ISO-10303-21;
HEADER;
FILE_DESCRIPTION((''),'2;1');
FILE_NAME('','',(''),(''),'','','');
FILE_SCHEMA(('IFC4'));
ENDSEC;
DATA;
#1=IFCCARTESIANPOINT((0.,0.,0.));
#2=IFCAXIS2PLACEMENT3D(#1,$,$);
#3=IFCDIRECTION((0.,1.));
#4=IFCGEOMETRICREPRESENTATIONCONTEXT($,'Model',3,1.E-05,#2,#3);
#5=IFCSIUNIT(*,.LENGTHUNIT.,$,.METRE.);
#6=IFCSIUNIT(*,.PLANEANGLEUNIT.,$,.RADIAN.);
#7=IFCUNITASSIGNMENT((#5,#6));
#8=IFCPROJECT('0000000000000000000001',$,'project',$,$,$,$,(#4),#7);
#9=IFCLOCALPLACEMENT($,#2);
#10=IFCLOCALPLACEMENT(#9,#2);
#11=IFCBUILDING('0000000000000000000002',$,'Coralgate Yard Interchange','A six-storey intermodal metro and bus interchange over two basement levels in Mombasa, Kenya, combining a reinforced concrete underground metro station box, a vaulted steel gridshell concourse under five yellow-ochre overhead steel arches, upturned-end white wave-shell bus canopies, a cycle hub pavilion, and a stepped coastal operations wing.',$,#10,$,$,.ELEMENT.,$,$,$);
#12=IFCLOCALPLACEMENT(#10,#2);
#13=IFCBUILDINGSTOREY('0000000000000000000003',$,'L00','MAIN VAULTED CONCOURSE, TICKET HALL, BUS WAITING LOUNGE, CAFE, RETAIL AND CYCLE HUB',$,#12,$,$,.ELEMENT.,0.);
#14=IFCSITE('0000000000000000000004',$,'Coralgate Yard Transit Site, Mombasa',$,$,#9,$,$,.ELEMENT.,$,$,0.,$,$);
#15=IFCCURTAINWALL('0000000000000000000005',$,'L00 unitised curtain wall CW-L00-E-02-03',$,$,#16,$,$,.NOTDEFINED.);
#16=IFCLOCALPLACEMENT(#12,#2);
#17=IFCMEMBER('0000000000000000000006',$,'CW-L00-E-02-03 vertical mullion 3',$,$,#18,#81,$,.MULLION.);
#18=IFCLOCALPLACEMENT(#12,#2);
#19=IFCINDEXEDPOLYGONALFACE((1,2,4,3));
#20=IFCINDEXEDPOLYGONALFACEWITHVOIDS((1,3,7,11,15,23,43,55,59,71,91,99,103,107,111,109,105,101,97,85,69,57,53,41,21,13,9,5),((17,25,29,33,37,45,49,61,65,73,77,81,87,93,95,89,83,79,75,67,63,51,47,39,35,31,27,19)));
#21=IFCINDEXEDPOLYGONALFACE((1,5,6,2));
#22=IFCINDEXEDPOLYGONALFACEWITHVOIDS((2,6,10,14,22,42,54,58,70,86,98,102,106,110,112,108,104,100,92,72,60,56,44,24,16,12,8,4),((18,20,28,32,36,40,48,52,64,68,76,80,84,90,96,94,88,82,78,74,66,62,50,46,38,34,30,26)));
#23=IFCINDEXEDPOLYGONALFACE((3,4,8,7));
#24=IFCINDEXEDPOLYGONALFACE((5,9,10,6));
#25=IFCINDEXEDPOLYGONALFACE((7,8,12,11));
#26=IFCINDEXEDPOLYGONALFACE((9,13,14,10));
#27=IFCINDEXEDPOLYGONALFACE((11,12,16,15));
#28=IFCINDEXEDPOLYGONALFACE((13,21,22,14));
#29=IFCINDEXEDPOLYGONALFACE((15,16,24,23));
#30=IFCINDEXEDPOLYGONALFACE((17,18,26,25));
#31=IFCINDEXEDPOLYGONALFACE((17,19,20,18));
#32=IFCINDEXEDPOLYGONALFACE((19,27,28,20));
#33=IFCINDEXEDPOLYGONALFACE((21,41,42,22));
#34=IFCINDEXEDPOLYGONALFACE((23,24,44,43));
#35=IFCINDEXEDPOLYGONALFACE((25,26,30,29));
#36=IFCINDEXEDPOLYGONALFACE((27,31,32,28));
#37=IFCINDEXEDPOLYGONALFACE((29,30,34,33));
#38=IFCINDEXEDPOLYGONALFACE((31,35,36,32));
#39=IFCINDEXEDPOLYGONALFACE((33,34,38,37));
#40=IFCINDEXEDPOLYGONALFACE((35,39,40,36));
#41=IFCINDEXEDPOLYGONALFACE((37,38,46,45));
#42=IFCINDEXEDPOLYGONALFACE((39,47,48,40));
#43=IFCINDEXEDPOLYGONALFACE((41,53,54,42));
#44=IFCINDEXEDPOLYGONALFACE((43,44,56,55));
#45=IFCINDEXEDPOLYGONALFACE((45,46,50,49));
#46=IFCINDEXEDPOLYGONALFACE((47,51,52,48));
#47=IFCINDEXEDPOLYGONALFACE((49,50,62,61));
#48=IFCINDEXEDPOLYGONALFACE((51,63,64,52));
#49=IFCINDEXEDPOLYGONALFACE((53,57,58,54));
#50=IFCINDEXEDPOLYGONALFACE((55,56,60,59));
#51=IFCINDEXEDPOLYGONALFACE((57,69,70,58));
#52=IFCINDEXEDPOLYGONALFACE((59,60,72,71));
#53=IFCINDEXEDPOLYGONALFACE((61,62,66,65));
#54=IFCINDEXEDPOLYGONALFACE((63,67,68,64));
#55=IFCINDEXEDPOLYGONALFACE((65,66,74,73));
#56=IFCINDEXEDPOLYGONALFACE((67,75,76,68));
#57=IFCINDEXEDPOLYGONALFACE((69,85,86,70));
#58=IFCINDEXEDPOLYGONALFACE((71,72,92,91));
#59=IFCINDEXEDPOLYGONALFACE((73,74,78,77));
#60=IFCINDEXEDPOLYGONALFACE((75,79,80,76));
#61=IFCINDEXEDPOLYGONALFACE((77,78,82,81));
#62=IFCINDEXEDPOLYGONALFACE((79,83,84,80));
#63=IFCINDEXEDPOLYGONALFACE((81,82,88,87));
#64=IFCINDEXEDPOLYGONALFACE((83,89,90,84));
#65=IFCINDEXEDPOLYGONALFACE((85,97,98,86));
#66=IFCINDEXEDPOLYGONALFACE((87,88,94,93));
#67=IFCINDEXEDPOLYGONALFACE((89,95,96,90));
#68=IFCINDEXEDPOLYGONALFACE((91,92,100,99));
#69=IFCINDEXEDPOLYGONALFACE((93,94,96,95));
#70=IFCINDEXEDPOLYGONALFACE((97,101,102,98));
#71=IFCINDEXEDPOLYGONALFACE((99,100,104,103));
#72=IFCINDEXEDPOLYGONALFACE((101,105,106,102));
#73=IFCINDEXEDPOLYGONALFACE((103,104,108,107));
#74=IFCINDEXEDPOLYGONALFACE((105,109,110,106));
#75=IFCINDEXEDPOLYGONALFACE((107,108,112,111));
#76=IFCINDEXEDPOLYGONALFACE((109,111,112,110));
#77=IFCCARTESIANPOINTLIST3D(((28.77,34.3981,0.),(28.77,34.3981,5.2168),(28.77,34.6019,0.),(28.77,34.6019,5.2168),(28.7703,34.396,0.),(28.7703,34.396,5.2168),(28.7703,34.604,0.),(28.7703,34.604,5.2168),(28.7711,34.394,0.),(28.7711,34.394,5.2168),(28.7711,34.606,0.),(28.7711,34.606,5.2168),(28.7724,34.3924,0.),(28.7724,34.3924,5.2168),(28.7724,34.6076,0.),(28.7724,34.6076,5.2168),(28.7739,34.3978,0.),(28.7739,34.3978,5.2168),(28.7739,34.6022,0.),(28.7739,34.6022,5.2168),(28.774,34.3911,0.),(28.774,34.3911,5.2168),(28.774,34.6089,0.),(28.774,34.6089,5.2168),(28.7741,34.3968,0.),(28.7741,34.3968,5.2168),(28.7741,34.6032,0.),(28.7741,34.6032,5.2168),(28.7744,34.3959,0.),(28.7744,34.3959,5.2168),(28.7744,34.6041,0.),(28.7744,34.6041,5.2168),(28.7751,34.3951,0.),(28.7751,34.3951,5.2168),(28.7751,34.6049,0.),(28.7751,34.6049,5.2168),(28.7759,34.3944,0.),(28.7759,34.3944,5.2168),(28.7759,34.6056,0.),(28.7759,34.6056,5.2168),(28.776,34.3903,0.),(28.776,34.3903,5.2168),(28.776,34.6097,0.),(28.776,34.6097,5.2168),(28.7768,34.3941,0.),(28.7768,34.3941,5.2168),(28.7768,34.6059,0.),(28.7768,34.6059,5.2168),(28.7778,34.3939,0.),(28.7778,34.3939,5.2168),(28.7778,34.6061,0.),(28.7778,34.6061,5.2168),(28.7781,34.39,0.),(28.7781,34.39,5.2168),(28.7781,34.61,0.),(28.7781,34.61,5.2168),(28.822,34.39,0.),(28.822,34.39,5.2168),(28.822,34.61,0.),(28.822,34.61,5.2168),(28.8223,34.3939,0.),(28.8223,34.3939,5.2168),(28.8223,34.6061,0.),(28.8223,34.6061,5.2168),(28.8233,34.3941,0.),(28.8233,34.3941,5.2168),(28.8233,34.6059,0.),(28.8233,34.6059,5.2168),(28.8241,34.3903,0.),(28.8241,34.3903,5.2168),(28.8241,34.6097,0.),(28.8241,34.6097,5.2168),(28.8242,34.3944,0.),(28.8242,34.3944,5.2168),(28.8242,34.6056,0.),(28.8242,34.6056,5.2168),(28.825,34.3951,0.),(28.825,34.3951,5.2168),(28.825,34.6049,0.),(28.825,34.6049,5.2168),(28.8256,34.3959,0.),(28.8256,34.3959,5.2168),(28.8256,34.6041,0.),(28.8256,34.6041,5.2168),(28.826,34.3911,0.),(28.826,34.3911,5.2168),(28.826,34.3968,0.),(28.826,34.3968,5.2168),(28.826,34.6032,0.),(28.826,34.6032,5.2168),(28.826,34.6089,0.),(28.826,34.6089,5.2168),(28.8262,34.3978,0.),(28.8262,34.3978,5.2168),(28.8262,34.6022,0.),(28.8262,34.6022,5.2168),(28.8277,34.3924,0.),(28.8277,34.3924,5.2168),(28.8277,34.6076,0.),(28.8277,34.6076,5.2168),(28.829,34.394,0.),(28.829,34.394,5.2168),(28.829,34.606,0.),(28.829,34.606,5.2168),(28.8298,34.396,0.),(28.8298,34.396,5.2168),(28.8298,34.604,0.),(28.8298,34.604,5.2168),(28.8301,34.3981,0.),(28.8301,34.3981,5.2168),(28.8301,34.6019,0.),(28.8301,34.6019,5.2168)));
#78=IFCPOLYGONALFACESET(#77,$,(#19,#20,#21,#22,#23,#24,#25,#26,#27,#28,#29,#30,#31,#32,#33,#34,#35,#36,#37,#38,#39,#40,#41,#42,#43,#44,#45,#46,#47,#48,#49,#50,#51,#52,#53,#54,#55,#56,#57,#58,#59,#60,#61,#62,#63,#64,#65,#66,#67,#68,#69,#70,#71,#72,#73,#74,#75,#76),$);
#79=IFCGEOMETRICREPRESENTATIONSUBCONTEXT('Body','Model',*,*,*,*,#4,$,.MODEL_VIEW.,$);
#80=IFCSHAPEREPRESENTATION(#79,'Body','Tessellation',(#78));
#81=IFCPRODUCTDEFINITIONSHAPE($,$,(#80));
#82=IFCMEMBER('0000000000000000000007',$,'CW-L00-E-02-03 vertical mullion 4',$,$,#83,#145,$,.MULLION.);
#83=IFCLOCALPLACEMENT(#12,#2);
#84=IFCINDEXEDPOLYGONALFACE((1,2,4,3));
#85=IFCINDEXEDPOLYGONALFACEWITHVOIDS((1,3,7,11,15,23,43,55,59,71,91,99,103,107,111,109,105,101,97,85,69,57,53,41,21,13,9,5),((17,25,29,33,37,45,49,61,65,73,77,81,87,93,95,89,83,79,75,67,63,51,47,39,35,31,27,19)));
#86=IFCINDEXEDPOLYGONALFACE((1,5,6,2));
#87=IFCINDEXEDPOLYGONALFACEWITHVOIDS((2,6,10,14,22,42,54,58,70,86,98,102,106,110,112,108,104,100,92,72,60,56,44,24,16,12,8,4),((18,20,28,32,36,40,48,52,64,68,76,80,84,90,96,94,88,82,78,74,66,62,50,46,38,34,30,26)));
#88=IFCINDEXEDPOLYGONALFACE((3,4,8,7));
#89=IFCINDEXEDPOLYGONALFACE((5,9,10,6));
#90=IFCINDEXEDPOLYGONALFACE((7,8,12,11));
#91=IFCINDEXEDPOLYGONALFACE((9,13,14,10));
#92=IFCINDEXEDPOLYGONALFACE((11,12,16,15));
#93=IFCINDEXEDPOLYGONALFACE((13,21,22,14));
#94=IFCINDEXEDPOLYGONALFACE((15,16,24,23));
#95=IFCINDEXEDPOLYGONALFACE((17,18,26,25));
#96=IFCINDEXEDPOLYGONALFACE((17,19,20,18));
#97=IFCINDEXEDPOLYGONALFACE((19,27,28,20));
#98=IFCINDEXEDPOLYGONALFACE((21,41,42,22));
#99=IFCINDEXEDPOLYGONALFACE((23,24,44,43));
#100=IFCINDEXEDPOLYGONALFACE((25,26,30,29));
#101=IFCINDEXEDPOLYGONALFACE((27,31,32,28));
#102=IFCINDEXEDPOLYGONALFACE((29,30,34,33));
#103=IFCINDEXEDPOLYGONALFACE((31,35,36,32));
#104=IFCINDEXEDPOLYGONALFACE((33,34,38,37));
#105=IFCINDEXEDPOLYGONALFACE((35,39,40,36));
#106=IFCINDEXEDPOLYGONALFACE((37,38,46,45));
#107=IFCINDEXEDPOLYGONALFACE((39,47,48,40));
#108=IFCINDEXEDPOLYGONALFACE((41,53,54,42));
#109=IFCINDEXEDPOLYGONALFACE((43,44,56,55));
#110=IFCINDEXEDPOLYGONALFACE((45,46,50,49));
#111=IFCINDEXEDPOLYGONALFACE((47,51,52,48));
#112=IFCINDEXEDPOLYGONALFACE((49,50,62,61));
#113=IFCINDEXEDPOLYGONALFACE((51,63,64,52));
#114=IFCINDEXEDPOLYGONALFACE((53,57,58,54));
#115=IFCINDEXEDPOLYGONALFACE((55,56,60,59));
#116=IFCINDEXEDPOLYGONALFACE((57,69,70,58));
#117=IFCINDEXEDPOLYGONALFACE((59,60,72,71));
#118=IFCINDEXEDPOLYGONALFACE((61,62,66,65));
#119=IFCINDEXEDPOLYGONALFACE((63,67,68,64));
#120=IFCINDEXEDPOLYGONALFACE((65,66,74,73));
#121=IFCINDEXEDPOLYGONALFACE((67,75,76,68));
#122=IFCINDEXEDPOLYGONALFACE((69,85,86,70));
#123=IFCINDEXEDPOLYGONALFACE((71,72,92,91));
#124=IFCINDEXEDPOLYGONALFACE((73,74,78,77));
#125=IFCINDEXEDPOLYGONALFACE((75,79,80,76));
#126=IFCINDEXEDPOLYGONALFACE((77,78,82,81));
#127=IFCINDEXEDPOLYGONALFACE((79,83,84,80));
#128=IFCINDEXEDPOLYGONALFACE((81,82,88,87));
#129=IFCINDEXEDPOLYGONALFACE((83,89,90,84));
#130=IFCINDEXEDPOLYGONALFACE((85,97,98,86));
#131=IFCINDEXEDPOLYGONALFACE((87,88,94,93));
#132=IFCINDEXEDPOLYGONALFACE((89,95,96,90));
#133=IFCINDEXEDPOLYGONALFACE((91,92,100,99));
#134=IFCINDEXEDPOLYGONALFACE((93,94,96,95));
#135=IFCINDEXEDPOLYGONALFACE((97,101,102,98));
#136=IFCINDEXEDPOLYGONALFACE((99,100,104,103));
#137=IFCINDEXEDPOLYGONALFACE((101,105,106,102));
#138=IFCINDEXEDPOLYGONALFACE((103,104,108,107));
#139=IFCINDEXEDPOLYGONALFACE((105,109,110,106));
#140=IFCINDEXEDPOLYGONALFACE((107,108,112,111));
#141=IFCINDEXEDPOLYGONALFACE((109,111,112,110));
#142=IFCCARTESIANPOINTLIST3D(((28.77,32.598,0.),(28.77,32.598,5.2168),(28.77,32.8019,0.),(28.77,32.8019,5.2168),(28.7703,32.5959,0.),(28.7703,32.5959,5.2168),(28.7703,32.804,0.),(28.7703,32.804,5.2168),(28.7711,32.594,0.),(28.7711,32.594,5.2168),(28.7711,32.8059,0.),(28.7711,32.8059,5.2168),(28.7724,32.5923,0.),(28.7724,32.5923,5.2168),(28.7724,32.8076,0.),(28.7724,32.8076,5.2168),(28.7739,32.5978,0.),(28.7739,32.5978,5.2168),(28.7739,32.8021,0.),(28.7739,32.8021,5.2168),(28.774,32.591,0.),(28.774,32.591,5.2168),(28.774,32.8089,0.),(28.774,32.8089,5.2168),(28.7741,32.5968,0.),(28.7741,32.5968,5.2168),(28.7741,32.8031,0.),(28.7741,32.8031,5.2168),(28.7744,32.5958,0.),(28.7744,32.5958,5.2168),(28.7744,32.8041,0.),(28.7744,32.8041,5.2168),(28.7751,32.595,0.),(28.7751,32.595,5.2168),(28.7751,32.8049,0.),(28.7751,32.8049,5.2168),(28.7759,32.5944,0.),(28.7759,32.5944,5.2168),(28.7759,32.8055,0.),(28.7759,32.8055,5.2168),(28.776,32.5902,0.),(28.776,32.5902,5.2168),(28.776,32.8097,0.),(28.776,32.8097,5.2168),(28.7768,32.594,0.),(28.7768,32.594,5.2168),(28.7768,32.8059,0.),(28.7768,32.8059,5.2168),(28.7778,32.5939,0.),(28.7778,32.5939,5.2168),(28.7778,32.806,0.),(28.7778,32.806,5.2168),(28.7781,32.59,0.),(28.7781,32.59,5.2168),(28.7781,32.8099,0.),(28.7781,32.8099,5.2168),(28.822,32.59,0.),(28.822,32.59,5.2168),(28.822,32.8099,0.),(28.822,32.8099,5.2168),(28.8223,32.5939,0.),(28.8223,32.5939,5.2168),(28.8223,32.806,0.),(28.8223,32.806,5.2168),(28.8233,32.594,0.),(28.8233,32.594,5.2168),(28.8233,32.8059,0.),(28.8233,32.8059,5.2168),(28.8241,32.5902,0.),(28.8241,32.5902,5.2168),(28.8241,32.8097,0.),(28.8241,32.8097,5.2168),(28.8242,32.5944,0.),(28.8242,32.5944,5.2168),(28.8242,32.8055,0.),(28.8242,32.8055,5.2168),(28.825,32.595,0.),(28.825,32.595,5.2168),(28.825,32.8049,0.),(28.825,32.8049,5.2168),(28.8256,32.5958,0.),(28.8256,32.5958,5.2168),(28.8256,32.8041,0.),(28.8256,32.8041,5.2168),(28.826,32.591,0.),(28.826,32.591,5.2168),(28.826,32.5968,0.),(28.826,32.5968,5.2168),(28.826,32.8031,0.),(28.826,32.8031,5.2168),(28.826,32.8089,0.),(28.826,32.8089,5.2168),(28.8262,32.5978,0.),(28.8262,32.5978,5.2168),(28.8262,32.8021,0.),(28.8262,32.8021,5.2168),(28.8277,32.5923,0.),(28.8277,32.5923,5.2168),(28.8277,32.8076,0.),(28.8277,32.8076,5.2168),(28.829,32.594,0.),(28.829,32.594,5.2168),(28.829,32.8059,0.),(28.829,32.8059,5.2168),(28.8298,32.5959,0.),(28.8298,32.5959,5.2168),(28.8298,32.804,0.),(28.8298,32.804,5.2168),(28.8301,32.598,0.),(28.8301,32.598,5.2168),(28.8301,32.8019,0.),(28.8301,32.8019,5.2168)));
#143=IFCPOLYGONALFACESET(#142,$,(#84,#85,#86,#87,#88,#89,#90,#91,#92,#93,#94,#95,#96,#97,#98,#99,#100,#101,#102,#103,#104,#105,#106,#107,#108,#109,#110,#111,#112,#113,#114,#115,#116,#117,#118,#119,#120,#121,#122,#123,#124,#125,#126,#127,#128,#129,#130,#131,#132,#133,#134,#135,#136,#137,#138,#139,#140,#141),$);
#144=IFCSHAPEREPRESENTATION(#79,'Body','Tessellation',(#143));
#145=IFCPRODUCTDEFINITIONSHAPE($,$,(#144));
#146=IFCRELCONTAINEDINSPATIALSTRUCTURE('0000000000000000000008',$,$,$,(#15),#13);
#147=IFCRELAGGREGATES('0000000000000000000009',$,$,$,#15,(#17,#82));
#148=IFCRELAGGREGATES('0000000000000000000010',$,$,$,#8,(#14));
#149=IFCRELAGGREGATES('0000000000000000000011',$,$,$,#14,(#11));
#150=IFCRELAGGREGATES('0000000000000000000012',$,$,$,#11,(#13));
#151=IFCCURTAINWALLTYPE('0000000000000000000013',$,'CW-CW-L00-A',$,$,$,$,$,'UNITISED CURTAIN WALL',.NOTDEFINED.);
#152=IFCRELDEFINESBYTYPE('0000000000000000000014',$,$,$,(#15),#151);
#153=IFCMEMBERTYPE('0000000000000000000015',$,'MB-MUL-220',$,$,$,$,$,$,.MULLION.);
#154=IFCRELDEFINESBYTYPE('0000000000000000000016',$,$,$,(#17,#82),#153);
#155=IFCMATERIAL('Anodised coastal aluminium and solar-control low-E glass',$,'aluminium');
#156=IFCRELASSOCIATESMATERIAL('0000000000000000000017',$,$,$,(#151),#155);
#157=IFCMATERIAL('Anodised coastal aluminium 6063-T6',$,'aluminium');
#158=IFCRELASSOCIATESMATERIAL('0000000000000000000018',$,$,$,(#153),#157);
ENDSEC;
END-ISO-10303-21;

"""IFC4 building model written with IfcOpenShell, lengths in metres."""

from ifc_helpers import new_model, si_unit, direction, frame, origin, origin_2d, place, context, subcontext, project, spatial, hollow_rectangle, extrude, material, material_profile, profile_set, type_object, element, aggregate, save


model = new_model("IFC4")

# Units and contexts
model_context = context("Model", 3, precision=1e-05, world=origin(), true_north=direction((0.0, 1.0)))
body_context = subcontext(model_context, "Body", "Model", "MODEL_VIEW")
ifc_project = project(units=[si_unit("LENGTHUNIT", "METRE"), si_unit("PLANEANGLEUNIT", "RADIAN")], contexts=[model_context])

# Site, building, storey
site_placement = place(None, origin())
site = spatial("IfcSite", under=ifc_project, at=site_placement, Name="Coralgate Yard Transit Site, Mombasa", CompositionType="ELEMENT", RefElevation=0.0)
building_placement = place(site_placement, origin())
building = spatial("IfcBuilding", under=site, at=building_placement, Name="Coralgate Yard Interchange", Description="A six-storey intermodal metro and bus interchange over two basement levels in Mombasa, Kenya, combining a reinforced concrete underground metro station box, a vaulted steel gridshell concourse under five yellow-ochre overhead steel arches, upturned-end white wave-shell bus canopies, a cycle hub pavilion, and a stepped coastal operations wing.", CompositionType="ELEMENT")
storey_placement = place(building_placement, origin())
storey = spatial("IfcBuildingStorey", under=building, at=storey_placement, Name="L00", Description="MAIN VAULTED CONCOURSE, TICKET HALL, BUS WAITING LOUNGE, CAFE, RETAIL AND CYCLE HUB", CompositionType="ELEMENT", Elevation=0.0)

# Curtain wall, members
ifc_material_1 = material(Name="Anodised coastal aluminium and solar-control low-E glass", Category="aluminium")
curtain_wall_type = type_object("IfcCurtainWallType", Name="CW-CW-L00-A", ElementType="UNITISED CURTAIN WALL", PredefinedType="NOTDEFINED", material=ifc_material_1)
curtain_wall_placement = place(storey_placement, origin())
curtain_wall = element("IfcCurtainWall", 1, at=curtain_wall_placement, inside=storey, type_object=curtain_wall_type, Name="L00 unitised curtain wall CW-L00-E-02-03", PredefinedType="NOTDEFINED")
ifc_material_2 = material(Name="Anodised coastal aluminium 6063-T6", Category="aluminium")
ifc_material_profile_1 = material_profile(ifc_material_2, hollow_rectangle(XDim=0.0601, YDim=0.22, WallThickness=0.0039, InnerFilletRadius=0.0039, OuterFilletRadius=0.0081, at=origin_2d()), Name="ALU 60x220x4")
ifc_profile_set_1 = profile_set([ifc_material_profile_1], Name="Anodised coastal aluminium 6063-T6")
member_type_1 = type_object("IfcMemberType", Name="MB-MUL-220", PredefinedType="MULLION", material=ifc_profile_set_1)
member_1_placement = place(storey_placement, frame((28.8, 34.5, 0.0), z_axis=(0.0, 0.0, 1.0), x_axis=(1.0, 0.0, 0.0)))
member_1 = element("IfcMember", 2, at=member_1_placement, type_object=member_type_1, Name="CW-L00-E-02-03 vertical mullion 3", PredefinedType="MULLION", context=body_context, shape_type="SweptSolid", body=[
    extrude(hollow_rectangle(XDim=0.0601, YDim=0.22, WallThickness=0.0039, InnerFilletRadius=0.0039, OuterFilletRadius=0.0081, at=origin_2d()), origin(), (0.0, 0.0, 1.0), 5.2168),
])
member_2_placement = place(storey_placement, frame((28.8, 32.7, 0.0), z_axis=(0.0, 0.0, 1.0), x_axis=(1.0, 0.0, 0.0)))
member_2 = element("IfcMember", 3, at=member_2_placement, type_object=member_type_1, Name="CW-L00-E-02-03 vertical mullion 4", PredefinedType="MULLION", context=body_context, shape_type="SweptSolid", body=[
    extrude(hollow_rectangle(XDim=0.0601, YDim=0.22, WallThickness=0.0039, InnerFilletRadius=0.0039, OuterFilletRadius=0.0081, at=origin_2d()), origin(), (0.0, 0.0, 1.0), 5.2168),
])
aggregate(curtain_wall, [member_1, member_2])

save(model, "model.ifc")
